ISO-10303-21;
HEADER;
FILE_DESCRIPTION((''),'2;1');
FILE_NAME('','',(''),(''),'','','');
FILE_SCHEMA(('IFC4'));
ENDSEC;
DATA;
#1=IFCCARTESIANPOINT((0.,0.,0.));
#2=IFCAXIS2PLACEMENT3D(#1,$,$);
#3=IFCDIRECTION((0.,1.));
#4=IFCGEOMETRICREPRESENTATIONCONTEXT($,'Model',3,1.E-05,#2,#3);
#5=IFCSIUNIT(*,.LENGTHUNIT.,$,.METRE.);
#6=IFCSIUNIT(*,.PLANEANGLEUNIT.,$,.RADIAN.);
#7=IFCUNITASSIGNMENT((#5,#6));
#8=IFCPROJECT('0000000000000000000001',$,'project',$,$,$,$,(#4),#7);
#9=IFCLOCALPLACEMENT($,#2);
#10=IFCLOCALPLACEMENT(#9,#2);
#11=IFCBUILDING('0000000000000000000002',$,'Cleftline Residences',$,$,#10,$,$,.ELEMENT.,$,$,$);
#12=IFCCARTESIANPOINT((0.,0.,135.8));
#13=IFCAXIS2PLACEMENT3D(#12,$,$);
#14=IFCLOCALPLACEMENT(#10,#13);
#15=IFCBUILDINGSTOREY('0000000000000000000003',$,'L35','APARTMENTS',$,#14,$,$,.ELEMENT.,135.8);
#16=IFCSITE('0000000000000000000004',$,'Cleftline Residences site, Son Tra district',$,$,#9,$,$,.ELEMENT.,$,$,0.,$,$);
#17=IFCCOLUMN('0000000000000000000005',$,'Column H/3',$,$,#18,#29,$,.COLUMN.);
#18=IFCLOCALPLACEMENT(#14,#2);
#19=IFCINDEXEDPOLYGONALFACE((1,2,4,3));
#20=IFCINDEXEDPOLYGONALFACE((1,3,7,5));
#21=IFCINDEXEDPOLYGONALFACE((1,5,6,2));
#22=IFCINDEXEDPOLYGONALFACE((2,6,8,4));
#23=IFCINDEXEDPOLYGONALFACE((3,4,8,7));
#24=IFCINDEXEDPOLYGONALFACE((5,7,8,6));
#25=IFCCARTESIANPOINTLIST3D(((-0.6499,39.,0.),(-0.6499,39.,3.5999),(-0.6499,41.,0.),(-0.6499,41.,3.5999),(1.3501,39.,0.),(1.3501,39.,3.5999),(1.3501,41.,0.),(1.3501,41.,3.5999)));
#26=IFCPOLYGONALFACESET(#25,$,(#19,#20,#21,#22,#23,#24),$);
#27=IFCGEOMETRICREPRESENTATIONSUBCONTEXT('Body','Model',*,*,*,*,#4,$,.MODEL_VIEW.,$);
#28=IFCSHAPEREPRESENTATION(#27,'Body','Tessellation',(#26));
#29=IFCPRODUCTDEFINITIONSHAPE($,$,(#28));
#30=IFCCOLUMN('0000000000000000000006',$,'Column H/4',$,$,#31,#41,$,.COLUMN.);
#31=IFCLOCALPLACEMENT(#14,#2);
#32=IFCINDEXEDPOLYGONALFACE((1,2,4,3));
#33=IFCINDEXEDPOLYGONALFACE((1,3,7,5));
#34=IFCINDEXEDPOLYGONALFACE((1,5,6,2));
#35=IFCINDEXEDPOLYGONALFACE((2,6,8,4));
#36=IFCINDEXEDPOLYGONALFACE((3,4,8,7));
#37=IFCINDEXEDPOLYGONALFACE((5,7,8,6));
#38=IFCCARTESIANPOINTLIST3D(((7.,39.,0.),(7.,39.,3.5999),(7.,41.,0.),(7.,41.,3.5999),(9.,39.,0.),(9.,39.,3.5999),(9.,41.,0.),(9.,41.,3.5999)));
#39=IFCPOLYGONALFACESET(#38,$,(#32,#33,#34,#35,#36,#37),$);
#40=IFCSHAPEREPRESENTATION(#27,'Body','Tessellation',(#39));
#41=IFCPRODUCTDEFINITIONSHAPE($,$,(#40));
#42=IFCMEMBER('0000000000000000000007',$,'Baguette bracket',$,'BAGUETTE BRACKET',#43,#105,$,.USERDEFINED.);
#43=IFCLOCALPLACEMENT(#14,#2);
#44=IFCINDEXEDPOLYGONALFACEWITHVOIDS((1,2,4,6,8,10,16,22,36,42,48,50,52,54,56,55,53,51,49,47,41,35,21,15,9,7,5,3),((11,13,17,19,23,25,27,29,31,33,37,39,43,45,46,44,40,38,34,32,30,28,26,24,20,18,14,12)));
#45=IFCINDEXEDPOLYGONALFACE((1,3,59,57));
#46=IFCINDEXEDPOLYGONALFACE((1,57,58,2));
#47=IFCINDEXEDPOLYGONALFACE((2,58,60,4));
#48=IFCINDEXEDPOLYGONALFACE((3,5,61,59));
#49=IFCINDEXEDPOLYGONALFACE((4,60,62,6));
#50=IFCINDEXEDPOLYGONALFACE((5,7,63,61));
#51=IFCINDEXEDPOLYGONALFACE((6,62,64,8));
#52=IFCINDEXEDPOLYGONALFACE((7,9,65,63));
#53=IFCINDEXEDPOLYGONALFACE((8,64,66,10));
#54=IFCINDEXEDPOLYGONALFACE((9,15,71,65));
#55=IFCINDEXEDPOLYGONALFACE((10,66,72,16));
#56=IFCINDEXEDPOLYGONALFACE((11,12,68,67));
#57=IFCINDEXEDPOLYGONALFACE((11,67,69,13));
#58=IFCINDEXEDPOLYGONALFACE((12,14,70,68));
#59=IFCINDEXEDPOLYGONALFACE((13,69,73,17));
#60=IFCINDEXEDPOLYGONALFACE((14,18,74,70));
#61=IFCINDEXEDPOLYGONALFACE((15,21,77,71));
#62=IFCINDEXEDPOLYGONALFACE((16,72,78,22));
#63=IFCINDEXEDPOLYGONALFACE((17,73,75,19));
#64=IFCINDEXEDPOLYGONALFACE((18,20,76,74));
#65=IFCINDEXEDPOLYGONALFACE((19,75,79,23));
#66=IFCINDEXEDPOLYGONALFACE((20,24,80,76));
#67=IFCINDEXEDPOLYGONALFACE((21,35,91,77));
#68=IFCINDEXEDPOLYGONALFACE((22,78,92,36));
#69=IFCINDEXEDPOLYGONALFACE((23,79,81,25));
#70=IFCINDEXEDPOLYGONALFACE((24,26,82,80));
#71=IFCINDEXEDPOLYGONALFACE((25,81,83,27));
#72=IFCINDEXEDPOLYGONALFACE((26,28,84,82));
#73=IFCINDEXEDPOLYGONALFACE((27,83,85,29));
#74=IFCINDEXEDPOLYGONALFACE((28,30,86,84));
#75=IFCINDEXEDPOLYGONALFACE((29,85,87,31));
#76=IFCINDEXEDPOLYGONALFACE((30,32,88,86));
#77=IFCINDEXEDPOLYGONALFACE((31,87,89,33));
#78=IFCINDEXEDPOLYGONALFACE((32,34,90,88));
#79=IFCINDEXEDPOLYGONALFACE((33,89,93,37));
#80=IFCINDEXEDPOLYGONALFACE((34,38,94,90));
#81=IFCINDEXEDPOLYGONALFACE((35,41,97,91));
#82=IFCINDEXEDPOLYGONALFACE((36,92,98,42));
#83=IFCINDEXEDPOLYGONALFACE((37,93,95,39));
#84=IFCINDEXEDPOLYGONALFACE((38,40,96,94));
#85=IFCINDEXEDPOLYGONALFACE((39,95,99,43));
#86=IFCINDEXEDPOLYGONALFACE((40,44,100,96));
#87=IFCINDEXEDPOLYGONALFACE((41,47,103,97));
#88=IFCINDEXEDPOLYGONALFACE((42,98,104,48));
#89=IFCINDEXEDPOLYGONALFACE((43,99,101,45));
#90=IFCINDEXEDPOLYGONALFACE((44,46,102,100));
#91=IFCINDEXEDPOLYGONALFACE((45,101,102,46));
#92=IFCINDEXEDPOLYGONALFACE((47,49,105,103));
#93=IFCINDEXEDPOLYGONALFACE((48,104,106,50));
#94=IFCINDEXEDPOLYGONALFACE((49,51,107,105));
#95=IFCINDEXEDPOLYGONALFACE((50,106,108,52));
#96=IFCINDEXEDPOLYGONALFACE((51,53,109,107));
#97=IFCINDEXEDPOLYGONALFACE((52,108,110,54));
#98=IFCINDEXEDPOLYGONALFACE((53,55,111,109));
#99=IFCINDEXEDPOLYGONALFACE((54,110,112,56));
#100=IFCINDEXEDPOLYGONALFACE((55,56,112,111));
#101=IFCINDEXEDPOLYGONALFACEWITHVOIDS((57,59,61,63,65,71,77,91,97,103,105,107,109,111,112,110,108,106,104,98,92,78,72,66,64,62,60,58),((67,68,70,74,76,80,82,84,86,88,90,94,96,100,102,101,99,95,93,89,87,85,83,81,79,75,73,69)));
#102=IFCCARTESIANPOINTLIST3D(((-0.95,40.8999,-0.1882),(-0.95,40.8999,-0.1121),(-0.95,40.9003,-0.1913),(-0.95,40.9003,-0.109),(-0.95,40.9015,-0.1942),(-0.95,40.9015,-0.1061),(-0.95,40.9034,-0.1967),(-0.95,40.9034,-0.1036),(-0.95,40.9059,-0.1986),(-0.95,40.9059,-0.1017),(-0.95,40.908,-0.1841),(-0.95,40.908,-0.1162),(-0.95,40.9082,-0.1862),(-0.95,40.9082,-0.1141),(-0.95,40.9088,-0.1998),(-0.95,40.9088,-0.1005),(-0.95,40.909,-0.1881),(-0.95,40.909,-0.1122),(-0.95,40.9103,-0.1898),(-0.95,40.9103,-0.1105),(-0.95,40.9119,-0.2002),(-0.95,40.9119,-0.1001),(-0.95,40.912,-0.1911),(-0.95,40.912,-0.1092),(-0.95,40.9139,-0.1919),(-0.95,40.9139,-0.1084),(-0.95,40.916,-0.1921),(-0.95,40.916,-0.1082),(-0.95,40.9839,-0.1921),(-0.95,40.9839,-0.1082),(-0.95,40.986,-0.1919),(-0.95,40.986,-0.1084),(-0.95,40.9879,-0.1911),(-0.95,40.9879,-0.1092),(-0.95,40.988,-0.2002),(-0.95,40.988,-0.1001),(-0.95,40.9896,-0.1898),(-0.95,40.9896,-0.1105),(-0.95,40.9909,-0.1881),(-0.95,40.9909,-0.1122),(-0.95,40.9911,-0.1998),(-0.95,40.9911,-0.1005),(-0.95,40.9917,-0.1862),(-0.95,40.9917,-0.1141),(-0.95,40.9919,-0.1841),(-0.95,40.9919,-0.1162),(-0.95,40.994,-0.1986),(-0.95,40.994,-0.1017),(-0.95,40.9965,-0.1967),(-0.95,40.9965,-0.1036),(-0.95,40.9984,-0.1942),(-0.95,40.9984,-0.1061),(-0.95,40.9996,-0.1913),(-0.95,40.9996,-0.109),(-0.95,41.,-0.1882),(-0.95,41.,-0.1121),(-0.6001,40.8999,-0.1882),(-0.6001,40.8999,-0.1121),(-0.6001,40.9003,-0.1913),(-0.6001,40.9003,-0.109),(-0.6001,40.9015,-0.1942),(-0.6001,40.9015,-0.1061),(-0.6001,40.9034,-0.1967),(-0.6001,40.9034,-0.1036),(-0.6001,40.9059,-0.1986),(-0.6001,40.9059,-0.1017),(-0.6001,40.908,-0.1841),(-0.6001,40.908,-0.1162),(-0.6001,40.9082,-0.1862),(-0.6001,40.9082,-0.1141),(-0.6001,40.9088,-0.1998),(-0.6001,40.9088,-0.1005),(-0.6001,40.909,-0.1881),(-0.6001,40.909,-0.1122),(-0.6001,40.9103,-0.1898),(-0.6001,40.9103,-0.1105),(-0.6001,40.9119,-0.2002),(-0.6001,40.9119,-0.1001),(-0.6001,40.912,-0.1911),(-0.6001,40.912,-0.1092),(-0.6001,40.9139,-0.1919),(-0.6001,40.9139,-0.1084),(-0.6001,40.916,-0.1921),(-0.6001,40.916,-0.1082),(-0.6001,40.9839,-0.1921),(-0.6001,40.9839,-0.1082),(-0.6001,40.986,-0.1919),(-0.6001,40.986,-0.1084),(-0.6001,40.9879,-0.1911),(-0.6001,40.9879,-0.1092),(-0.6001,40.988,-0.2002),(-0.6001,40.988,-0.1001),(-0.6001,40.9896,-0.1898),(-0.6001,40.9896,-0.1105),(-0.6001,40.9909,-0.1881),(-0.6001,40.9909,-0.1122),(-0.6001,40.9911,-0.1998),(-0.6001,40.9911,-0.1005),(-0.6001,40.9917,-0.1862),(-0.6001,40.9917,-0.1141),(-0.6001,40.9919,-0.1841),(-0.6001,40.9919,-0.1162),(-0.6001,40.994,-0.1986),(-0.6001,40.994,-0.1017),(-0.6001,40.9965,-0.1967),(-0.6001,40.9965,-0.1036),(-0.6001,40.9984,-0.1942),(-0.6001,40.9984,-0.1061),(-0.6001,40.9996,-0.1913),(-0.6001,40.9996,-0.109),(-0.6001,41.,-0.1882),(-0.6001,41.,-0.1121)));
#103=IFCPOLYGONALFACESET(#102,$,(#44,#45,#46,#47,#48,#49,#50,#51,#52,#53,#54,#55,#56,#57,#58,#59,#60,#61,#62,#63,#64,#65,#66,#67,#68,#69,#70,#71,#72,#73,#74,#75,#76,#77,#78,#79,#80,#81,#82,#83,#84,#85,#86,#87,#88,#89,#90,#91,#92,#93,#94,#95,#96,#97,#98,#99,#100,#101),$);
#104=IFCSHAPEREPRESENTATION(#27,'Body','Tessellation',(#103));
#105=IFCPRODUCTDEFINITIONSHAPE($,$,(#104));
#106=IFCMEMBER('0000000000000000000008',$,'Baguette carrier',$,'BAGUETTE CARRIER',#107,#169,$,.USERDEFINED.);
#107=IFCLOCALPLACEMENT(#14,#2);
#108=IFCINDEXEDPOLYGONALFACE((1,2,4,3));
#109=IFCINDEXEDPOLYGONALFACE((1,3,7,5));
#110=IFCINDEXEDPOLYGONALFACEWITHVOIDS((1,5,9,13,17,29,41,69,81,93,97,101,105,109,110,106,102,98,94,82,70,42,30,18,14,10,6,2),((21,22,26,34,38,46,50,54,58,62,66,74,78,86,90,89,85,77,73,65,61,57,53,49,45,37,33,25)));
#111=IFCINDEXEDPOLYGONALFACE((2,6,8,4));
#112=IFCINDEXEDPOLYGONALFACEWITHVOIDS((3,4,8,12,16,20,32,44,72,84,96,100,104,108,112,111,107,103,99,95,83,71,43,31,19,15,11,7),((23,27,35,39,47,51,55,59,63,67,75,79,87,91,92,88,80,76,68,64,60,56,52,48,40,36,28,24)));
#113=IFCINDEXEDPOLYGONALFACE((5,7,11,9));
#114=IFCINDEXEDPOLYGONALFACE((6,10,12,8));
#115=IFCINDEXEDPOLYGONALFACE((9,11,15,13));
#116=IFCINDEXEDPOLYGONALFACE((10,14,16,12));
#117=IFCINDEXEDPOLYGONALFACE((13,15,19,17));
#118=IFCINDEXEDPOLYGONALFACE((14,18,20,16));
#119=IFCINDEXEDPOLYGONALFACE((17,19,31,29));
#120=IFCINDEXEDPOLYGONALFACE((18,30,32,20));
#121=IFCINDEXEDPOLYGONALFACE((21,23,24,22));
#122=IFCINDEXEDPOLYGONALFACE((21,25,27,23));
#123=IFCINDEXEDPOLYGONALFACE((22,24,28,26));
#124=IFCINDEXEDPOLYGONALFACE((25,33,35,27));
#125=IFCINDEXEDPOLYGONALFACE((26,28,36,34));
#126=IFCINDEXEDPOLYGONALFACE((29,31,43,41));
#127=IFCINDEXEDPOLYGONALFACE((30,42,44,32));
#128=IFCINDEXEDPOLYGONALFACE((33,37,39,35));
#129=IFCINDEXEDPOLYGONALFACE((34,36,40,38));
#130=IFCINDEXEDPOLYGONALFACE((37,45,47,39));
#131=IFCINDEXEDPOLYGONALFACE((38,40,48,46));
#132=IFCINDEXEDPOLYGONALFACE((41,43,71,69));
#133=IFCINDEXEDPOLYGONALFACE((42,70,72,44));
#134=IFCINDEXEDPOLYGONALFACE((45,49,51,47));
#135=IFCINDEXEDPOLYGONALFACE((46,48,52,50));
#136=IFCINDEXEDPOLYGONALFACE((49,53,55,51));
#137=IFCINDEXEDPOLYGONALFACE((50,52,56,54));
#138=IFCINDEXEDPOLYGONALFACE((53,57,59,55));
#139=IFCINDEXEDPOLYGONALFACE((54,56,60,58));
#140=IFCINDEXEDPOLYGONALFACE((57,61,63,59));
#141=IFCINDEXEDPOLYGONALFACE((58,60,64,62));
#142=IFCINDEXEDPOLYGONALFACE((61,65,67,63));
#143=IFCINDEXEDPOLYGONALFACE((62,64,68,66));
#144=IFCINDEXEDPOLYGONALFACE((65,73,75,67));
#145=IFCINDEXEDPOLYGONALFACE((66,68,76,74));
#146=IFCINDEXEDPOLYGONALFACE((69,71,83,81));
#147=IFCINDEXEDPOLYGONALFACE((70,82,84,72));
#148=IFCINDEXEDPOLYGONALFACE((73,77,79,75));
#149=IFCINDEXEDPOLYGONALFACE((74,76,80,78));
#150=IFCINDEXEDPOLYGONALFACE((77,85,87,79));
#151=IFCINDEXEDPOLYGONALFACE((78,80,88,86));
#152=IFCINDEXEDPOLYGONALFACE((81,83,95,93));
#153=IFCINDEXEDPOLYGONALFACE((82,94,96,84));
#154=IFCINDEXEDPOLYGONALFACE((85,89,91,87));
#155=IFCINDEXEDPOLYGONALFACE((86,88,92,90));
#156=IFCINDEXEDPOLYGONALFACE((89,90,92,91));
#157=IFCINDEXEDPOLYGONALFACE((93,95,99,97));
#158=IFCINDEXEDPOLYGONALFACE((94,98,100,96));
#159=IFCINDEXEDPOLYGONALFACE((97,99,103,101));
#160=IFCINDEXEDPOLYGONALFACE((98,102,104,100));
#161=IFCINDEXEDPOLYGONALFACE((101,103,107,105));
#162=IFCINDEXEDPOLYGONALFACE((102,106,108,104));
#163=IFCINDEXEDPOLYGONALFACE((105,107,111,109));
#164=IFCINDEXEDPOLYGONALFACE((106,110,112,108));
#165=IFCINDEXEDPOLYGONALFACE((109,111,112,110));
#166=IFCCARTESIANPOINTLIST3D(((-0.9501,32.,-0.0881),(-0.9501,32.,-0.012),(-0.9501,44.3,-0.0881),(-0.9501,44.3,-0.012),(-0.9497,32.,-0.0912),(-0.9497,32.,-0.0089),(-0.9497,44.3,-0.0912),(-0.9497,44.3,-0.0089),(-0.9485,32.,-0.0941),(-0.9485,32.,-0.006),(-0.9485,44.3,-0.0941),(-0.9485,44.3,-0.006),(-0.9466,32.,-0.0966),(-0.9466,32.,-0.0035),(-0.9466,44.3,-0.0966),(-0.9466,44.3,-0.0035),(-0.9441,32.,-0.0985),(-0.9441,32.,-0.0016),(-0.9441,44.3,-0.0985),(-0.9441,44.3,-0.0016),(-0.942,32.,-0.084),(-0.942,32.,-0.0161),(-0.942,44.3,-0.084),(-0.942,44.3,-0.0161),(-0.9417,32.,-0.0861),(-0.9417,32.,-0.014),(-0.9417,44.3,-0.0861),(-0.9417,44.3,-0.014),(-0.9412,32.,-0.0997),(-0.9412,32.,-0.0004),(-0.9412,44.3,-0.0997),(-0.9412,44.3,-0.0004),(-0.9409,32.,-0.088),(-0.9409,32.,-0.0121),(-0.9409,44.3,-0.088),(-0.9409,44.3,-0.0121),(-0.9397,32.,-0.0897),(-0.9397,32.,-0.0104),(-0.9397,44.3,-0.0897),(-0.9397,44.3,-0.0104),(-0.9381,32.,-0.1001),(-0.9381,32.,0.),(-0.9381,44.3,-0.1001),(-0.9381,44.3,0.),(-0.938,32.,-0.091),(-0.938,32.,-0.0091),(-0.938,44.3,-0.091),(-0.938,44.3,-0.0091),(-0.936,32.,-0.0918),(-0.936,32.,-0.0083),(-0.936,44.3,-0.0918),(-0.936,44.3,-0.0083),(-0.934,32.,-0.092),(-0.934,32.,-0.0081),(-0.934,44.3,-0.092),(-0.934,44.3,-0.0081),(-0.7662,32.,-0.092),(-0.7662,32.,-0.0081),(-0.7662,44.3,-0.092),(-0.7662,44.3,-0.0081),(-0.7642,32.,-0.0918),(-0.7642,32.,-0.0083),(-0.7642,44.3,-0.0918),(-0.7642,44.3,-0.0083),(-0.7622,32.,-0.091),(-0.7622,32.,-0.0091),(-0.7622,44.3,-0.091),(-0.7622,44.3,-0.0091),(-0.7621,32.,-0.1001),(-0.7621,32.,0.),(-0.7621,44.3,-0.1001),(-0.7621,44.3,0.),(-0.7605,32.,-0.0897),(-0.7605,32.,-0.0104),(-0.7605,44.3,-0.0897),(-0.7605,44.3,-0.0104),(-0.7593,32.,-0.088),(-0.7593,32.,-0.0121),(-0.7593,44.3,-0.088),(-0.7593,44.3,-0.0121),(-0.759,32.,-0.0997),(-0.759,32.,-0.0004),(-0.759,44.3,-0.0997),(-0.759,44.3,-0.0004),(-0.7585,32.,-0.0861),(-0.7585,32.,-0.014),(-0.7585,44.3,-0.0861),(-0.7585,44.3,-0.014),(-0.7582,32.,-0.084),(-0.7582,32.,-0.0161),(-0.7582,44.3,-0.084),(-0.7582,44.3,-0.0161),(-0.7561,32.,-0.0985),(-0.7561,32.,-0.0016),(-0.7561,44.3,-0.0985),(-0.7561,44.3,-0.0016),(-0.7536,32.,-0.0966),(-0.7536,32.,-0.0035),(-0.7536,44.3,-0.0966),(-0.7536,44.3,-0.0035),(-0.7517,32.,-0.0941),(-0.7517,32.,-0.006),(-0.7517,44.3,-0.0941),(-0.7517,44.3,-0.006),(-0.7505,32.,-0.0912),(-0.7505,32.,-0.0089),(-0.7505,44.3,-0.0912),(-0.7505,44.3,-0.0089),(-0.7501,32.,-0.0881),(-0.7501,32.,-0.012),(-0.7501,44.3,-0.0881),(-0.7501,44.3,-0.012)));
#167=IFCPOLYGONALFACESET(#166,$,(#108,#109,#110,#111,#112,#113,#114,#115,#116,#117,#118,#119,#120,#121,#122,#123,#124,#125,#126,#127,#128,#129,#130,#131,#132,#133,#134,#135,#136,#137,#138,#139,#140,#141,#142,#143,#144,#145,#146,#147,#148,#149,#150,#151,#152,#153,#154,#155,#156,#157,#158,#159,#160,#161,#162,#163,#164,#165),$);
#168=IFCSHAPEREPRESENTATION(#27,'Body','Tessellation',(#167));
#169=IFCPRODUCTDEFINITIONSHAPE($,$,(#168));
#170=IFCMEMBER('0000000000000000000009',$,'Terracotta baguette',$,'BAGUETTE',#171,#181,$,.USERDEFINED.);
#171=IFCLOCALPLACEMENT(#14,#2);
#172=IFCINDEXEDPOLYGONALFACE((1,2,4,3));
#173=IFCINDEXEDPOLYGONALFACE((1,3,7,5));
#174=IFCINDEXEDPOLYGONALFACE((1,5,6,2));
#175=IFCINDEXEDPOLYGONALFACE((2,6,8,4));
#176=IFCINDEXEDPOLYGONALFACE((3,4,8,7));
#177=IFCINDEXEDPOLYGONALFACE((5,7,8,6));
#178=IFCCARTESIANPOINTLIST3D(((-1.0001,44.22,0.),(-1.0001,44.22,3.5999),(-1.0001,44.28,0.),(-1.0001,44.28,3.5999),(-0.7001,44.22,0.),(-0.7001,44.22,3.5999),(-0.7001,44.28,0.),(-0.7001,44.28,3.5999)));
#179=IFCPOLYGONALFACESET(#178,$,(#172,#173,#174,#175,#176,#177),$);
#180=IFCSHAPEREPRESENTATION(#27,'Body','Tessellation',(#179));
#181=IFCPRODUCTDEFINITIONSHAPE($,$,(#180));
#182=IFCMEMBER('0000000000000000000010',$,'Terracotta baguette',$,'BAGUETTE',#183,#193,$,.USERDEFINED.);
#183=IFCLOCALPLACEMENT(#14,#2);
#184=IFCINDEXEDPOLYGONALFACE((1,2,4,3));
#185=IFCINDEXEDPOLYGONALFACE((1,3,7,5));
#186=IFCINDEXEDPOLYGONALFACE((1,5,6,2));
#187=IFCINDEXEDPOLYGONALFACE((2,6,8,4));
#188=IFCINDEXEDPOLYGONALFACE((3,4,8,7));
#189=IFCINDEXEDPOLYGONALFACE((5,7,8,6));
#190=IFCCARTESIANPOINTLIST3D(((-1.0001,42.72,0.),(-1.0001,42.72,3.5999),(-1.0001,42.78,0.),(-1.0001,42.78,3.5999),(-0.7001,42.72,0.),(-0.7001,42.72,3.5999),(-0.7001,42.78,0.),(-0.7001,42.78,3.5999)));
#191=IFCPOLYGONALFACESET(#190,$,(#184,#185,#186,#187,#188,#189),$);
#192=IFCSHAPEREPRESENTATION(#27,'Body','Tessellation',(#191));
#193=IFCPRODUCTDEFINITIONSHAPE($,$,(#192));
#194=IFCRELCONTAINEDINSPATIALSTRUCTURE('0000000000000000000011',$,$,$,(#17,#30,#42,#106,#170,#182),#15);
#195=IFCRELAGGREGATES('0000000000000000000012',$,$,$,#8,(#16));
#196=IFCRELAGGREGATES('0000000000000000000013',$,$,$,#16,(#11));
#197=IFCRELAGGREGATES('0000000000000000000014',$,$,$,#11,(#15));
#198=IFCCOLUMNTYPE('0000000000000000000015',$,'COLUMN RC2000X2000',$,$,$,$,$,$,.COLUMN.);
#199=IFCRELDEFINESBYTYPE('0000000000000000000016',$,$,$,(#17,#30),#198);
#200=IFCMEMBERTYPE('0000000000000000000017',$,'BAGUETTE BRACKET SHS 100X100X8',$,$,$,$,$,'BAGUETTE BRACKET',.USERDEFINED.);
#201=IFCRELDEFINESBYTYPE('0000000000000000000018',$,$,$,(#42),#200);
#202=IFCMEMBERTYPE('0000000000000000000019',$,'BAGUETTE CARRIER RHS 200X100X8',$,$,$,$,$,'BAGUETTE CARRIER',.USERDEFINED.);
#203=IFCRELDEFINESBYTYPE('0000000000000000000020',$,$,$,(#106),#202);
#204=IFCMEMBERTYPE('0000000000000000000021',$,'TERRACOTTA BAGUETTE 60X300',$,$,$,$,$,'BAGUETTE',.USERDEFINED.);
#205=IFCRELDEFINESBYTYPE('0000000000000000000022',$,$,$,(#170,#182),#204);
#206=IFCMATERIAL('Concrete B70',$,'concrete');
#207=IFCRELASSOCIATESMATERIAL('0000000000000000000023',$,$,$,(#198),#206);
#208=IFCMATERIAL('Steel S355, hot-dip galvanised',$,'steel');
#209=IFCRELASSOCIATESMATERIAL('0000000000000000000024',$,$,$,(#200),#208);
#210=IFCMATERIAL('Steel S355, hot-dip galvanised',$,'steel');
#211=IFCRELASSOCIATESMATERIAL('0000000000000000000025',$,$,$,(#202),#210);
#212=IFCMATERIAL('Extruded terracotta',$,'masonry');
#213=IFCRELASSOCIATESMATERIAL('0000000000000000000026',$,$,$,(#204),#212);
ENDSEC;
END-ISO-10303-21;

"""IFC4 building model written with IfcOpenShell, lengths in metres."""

from ifc_helpers import new_model, si_unit, direction, frame, origin, origin_2d, place, context, subcontext, project, spatial, rectangle, hollow_rectangle, extrude, material, material_profile, profile_set, type_object, element, save


model = new_model("IFC4")

# Units and contexts
model_context = context("Model", 3, precision=1e-05, world=origin(), true_north=direction((0.0, 1.0)))
body_context = subcontext(model_context, "Body", "Model", "MODEL_VIEW")
ifc_project = project(units=[si_unit("LENGTHUNIT", "METRE"), si_unit("PLANEANGLEUNIT", "RADIAN")], contexts=[model_context])

# Site, building, storey
site_placement = place(None, origin())
site = spatial("IfcSite", under=ifc_project, at=site_placement, Name="Cleftline Residences site, Son Tra district", CompositionType="ELEMENT", RefElevation=0.0)
building_placement = place(site_placement, origin())
building = spatial("IfcBuilding", under=site, at=building_placement, Name="Cleftline Residences", CompositionType="ELEMENT")
storey_placement = place(building_placement, frame((0.0, 0.0, 135.8)))
storey = spatial("IfcBuildingStorey", under=building, at=storey_placement, Name="L35", Description="APARTMENTS", CompositionType="ELEMENT", Elevation=135.8)

# Columns
ifc_material_1 = material(Name="Concrete B70", Category="concrete")
ifc_material_profile_1 = material_profile(ifc_material_1, rectangle(XDim=2.0, YDim=2.0, at=origin_2d()))
ifc_profile_set_1 = profile_set([ifc_material_profile_1], Name="Concrete B70")
column_type = type_object("IfcColumnType", Name="COLUMN RC2000X2000", PredefinedType="COLUMN", material=ifc_profile_set_1)
for number, where, z_axis, x_axis, name in (
    (1, (0.3501, 40.0, 0.0), (0.0, 0.0, 1.0), (1.0, 0.0, 0.0), "Column H/3"),
    (2, (8.0, 40.0, 0.0), (0.0, 0.0, 1.0), (1.0, 0.0, 0.0), "Column H/4"),
):
    element("IfcColumn", number, at=place(storey_placement, frame(where, z_axis=z_axis, x_axis=x_axis)), inside=storey, type_object=column_type, Name=name, PredefinedType="COLUMN", context=body_context, shape_type="SweptSolid", body=[
        extrude(rectangle(XDim=2.0, YDim=2.0, at=origin_2d()), origin(), (0.0, 0.0, 1.0), 3.5999),
    ])

# Members
ifc_material_2 = material(Name="Steel S355, hot-dip galvanised", Category="steel")
ifc_material_profile_2 = material_profile(ifc_material_2, hollow_rectangle(XDim=0.1001, YDim=0.1001, WallThickness=0.0081, InnerFilletRadius=0.0081, OuterFilletRadius=0.012, at=origin_2d()))
ifc_profile_set_2 = profile_set([ifc_material_profile_2], Name="Steel S355, hot-dip galvanised")
member_type_1 = type_object("IfcMemberType", Name="BAGUETTE BRACKET SHS 100X100X8", ElementType="BAGUETTE BRACKET", PredefinedType="USERDEFINED", material=ifc_profile_set_2)
member_1_placement = place(storey_placement, frame((-0.6001, 40.95, -0.1501), z_axis=(-1.0, 0.0, 0.0), x_axis=(0.0, -1.0, 0.0)))
element("IfcMember", 3, at=member_1_placement, inside=storey, type_object=member_type_1, Name="Baguette bracket", ObjectType="BAGUETTE BRACKET", PredefinedType="USERDEFINED", context=body_context, shape_type="SweptSolid", body=[
    extrude(hollow_rectangle(XDim=0.1001, YDim=0.1001, WallThickness=0.0081, InnerFilletRadius=0.0081, OuterFilletRadius=0.012, at=origin_2d()), origin(), (0.0, 0.0, 1.0), 0.3499),
])
ifc_material_3 = material(Name="Steel S355, hot-dip galvanised", Category="steel")
ifc_material_profile_3 = material_profile(ifc_material_3, hollow_rectangle(XDim=0.1001, YDim=0.2, WallThickness=0.0081, InnerFilletRadius=0.0081, OuterFilletRadius=0.012, at=origin_2d()))
ifc_profile_set_3 = profile_set([ifc_material_profile_3], Name="Steel S355, hot-dip galvanised")
member_type_2 = type_object("IfcMemberType", Name="BAGUETTE CARRIER RHS 200X100X8", ElementType="BAGUETTE CARRIER", PredefinedType="USERDEFINED", material=ifc_profile_set_3)
member_2_placement = place(storey_placement, frame((-0.8501, 44.3, -0.05), z_axis=(0.0, -1.0, 0.0), x_axis=(0.0, 0.0, 1.0)))
element("IfcMember", 4, at=member_2_placement, inside=storey, type_object=member_type_2, Name="Baguette carrier", ObjectType="BAGUETTE CARRIER", PredefinedType="USERDEFINED", context=body_context, shape_type="SweptSolid", body=[
    extrude(hollow_rectangle(XDim=0.1001, YDim=0.2, WallThickness=0.0081, InnerFilletRadius=0.0081, OuterFilletRadius=0.012, at=origin_2d()), origin(), (0.0, 0.0, 1.0), 12.3),
])
ifc_material_4 = material(Name="Extruded terracotta", Category="masonry")
ifc_material_profile_4 = material_profile(ifc_material_4, rectangle(XDim=0.0601, YDim=0.3, at=origin_2d()))
ifc_profile_set_4 = profile_set([ifc_material_profile_4], Name="Extruded terracotta")
member_type_3 = type_object("IfcMemberType", Name="TERRACOTTA BAGUETTE 60X300", ElementType="BAGUETTE", PredefinedType="USERDEFINED", material=ifc_profile_set_4)
for number, where, z_axis, x_axis, name in (
    (5, (-0.8501, 44.25, 0.0), (0.0, 0.0, 1.0), (0.0, 1.0, 0.0), "Terracotta baguette"),
    (6, (-0.8501, 42.75, 0.0), (0.0, 0.0, 1.0), (0.0, 1.0, 0.0), "Terracotta baguette"),
):
    element("IfcMember", number, at=place(storey_placement, frame(where, z_axis=z_axis, x_axis=x_axis)), inside=storey, type_object=member_type_3, Name=name, ObjectType="BAGUETTE", PredefinedType="USERDEFINED", context=body_context, shape_type="SweptSolid", body=[
        extrude(rectangle(XDim=0.0601, YDim=0.3, at=origin_2d()), origin(), (0.0, 0.0, 1.0), 3.5999),
    ])

save(model, "model.ifc")
